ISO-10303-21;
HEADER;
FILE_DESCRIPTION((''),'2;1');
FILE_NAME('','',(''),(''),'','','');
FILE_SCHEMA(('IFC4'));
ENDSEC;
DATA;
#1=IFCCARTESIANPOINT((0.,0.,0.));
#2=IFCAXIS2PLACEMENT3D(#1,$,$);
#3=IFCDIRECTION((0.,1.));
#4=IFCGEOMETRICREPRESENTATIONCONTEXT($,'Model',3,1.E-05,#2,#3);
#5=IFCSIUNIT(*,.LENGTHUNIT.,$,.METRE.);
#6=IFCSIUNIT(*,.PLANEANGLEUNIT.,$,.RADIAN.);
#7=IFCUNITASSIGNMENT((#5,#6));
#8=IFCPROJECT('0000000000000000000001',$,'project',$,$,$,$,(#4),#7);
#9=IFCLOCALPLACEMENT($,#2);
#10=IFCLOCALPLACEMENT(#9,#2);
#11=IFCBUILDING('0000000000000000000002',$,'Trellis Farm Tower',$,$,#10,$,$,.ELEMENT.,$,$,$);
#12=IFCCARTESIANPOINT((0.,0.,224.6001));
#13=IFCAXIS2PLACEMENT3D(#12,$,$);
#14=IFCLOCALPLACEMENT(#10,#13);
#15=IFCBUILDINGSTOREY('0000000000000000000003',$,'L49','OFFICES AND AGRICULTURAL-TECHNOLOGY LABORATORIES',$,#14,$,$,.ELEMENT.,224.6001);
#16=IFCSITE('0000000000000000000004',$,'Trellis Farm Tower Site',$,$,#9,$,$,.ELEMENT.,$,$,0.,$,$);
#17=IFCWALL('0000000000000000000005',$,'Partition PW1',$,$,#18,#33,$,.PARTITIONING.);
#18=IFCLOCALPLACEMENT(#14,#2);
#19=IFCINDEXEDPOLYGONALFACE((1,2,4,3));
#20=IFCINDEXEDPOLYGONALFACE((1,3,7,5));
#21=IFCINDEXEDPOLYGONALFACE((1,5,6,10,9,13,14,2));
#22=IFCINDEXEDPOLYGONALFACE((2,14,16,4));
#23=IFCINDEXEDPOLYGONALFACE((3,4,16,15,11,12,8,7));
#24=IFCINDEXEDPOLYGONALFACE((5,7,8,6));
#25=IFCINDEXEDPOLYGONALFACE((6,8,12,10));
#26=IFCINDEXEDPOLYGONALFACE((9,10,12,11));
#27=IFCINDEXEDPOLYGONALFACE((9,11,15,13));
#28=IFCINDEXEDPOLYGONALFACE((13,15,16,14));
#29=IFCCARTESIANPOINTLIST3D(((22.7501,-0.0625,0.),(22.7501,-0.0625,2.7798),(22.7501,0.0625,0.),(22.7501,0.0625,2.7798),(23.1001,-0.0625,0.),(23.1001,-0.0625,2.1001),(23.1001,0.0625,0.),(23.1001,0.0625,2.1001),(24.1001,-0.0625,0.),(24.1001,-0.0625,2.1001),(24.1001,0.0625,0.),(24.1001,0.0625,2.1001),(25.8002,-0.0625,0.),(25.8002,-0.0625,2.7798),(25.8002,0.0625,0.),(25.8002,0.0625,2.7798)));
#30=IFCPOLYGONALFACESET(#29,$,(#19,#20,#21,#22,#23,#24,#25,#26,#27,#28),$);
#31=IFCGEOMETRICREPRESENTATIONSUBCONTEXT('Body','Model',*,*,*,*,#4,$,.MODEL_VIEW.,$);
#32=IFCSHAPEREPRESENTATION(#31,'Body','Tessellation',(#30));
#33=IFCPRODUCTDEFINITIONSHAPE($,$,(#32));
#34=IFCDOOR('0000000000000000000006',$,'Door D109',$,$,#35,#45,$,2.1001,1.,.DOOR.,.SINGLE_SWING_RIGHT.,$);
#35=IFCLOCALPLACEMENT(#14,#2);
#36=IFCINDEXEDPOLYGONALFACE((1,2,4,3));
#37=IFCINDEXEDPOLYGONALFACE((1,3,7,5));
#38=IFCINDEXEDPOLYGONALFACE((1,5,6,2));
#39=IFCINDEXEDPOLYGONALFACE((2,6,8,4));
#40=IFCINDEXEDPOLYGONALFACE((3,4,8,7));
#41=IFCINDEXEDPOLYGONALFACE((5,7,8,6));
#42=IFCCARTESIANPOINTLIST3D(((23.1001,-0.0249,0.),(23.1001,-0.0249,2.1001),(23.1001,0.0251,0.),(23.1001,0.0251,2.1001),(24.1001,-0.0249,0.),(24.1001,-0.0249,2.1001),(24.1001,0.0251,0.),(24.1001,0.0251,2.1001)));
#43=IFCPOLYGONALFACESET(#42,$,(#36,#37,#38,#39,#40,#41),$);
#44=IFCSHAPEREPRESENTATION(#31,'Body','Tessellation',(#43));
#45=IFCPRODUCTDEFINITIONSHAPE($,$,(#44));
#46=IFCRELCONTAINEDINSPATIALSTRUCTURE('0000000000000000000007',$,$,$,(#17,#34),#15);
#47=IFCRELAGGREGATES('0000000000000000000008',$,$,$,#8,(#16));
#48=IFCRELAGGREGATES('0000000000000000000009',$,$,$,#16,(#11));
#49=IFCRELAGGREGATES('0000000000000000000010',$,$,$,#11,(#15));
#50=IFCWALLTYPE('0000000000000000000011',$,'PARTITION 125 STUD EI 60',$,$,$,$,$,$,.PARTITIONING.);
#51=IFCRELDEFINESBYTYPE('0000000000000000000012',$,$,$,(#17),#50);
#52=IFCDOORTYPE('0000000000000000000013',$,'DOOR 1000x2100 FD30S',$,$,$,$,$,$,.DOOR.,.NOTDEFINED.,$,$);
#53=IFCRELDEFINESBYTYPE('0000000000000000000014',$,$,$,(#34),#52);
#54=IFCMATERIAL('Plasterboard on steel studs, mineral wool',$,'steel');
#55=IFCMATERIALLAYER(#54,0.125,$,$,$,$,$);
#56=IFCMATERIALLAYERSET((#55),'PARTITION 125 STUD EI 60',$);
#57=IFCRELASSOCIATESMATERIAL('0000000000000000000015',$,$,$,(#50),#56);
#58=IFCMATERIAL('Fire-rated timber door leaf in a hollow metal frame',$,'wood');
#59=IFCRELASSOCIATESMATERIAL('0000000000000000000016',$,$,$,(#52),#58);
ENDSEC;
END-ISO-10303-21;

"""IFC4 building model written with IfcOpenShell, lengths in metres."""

from ifc_helpers import new_model, si_unit, direction, frame, frame_2d, origin, place, context, subcontext, project, spatial, rectangle, extrude, source, transform, mapped, material, layer, layer_set, type_object, element, fill, save


model = new_model("IFC4")

# Units and contexts
model_context = context("Model", 3, precision=1e-05, world=origin(), true_north=direction((0.0, 1.0)))
body_context = subcontext(model_context, "Body", "Model", "MODEL_VIEW")
ifc_project = project(units=[si_unit("LENGTHUNIT", "METRE"), si_unit("PLANEANGLEUNIT", "RADIAN")], contexts=[model_context])

# Site, building, storey
site_placement = place(None, origin())
site = spatial("IfcSite", under=ifc_project, at=site_placement, Name="Trellis Farm Tower Site", CompositionType="ELEMENT", RefElevation=0.0)
building_placement = place(site_placement, origin())
building = spatial("IfcBuilding", under=site, at=building_placement, Name="Trellis Farm Tower", CompositionType="ELEMENT")
storey_placement = place(building_placement, frame((0.0, 0.0, 224.6001)))
storey = spatial("IfcBuildingStorey", under=building, at=storey_placement, Name="L49", Description="OFFICES AND AGRICULTURAL-TECHNOLOGY LABORATORIES", CompositionType="ELEMENT", Elevation=224.6001)

# Wall, opening, door
ifc_material_1 = material(Name="Plasterboard on steel studs, mineral wool", Category="steel")
ifc_layer_1 = layer(ifc_material_1, 0.125)
ifc_layer_set_1 = layer_set([ifc_layer_1], Name="PARTITION 125 STUD EI 60")
wall_type_1 = type_object("IfcWallType", Name="PARTITION 125 STUD EI 60", PredefinedType="PARTITIONING", material=ifc_layer_set_1)
shared_shape_1 = source(origin(), body_context, "Body", "SweptSolid", [
    extrude(rectangle(XDim=3.05, YDim=0.125, at=frame_2d((1.5249, 0.0))), origin(), (0.0, 0.0, 1.0), 2.7798),
])
wall_1_placement = place(storey_placement, frame((25.8, 0.0, 0.0), z_axis=(0.0, 0.0, 1.0), x_axis=(-1.0, 0.0, 0.0)))
wall_1 = element("IfcWall", 1, at=wall_1_placement, inside=storey, type_object=wall_type_1, Name="Partition PW1", PredefinedType="PARTITIONING", context=body_context, shape_type="MappedRepresentation", body=[
    mapped(shared_shape_1, transform((0.0, 0.0, 0.0))),
])
shared_shape_2 = source(origin(), body_context, "Body", "SweptSolid", [
    extrude(rectangle(XDim=1.0, YDim=2.1001, at=frame_2d((0.5, 1.05))), frame((0.0, 0.0725, 0.0), z_axis=(0.0, -1.0, 0.0), x_axis=(1.0, 0.0, 0.0)), (0.0, 0.0, 1.0), 0.145),
])
opening_1_placement = place(wall_1_placement, frame((1.7, 0.0, 0.0)))
opening_1 = element("IfcOpeningElement", 2, at=opening_1_placement, cuts=wall_1, PredefinedType="OPENING", context=body_context, shape_type="MappedRepresentation", body=[
    mapped(shared_shape_2, transform((0.0, 0.0, 0.0))),
])
ifc_material_2 = material(Name="Fire-rated timber door leaf in a hollow metal frame", Category="wood")
door_type_1 = type_object("IfcDoorType", Name="DOOR 1000x2100 FD30S", OperationType="NOTDEFINED", PredefinedType="DOOR", material=ifc_material_2)
shared_shape_3 = source(origin(), body_context, "Body", "SweptSolid", [
    extrude(rectangle(XDim=1.0, YDim=2.1001, at=frame_2d((0.5, 1.05))), frame((0.0, 0.0249, 0.0), z_axis=(0.0, -1.0, 0.0), x_axis=(1.0, 0.0, 0.0)), (0.0, 0.0, 1.0), 0.05),
])
door_1_placement = place(opening_1_placement, origin())
door_1 = element("IfcDoor", 3, at=door_1_placement, inside=storey, type_object=door_type_1, Name="Door D109", OperationType="SINGLE_SWING_RIGHT", OverallHeight=2.1001, OverallWidth=1.0, PredefinedType="DOOR", context=body_context, shape_type="MappedRepresentation", body=[
    mapped(shared_shape_3, transform((0.0, 0.0, 0.0))),
])
fill(opening_1, door_1)

save(model, "model.ifc")
